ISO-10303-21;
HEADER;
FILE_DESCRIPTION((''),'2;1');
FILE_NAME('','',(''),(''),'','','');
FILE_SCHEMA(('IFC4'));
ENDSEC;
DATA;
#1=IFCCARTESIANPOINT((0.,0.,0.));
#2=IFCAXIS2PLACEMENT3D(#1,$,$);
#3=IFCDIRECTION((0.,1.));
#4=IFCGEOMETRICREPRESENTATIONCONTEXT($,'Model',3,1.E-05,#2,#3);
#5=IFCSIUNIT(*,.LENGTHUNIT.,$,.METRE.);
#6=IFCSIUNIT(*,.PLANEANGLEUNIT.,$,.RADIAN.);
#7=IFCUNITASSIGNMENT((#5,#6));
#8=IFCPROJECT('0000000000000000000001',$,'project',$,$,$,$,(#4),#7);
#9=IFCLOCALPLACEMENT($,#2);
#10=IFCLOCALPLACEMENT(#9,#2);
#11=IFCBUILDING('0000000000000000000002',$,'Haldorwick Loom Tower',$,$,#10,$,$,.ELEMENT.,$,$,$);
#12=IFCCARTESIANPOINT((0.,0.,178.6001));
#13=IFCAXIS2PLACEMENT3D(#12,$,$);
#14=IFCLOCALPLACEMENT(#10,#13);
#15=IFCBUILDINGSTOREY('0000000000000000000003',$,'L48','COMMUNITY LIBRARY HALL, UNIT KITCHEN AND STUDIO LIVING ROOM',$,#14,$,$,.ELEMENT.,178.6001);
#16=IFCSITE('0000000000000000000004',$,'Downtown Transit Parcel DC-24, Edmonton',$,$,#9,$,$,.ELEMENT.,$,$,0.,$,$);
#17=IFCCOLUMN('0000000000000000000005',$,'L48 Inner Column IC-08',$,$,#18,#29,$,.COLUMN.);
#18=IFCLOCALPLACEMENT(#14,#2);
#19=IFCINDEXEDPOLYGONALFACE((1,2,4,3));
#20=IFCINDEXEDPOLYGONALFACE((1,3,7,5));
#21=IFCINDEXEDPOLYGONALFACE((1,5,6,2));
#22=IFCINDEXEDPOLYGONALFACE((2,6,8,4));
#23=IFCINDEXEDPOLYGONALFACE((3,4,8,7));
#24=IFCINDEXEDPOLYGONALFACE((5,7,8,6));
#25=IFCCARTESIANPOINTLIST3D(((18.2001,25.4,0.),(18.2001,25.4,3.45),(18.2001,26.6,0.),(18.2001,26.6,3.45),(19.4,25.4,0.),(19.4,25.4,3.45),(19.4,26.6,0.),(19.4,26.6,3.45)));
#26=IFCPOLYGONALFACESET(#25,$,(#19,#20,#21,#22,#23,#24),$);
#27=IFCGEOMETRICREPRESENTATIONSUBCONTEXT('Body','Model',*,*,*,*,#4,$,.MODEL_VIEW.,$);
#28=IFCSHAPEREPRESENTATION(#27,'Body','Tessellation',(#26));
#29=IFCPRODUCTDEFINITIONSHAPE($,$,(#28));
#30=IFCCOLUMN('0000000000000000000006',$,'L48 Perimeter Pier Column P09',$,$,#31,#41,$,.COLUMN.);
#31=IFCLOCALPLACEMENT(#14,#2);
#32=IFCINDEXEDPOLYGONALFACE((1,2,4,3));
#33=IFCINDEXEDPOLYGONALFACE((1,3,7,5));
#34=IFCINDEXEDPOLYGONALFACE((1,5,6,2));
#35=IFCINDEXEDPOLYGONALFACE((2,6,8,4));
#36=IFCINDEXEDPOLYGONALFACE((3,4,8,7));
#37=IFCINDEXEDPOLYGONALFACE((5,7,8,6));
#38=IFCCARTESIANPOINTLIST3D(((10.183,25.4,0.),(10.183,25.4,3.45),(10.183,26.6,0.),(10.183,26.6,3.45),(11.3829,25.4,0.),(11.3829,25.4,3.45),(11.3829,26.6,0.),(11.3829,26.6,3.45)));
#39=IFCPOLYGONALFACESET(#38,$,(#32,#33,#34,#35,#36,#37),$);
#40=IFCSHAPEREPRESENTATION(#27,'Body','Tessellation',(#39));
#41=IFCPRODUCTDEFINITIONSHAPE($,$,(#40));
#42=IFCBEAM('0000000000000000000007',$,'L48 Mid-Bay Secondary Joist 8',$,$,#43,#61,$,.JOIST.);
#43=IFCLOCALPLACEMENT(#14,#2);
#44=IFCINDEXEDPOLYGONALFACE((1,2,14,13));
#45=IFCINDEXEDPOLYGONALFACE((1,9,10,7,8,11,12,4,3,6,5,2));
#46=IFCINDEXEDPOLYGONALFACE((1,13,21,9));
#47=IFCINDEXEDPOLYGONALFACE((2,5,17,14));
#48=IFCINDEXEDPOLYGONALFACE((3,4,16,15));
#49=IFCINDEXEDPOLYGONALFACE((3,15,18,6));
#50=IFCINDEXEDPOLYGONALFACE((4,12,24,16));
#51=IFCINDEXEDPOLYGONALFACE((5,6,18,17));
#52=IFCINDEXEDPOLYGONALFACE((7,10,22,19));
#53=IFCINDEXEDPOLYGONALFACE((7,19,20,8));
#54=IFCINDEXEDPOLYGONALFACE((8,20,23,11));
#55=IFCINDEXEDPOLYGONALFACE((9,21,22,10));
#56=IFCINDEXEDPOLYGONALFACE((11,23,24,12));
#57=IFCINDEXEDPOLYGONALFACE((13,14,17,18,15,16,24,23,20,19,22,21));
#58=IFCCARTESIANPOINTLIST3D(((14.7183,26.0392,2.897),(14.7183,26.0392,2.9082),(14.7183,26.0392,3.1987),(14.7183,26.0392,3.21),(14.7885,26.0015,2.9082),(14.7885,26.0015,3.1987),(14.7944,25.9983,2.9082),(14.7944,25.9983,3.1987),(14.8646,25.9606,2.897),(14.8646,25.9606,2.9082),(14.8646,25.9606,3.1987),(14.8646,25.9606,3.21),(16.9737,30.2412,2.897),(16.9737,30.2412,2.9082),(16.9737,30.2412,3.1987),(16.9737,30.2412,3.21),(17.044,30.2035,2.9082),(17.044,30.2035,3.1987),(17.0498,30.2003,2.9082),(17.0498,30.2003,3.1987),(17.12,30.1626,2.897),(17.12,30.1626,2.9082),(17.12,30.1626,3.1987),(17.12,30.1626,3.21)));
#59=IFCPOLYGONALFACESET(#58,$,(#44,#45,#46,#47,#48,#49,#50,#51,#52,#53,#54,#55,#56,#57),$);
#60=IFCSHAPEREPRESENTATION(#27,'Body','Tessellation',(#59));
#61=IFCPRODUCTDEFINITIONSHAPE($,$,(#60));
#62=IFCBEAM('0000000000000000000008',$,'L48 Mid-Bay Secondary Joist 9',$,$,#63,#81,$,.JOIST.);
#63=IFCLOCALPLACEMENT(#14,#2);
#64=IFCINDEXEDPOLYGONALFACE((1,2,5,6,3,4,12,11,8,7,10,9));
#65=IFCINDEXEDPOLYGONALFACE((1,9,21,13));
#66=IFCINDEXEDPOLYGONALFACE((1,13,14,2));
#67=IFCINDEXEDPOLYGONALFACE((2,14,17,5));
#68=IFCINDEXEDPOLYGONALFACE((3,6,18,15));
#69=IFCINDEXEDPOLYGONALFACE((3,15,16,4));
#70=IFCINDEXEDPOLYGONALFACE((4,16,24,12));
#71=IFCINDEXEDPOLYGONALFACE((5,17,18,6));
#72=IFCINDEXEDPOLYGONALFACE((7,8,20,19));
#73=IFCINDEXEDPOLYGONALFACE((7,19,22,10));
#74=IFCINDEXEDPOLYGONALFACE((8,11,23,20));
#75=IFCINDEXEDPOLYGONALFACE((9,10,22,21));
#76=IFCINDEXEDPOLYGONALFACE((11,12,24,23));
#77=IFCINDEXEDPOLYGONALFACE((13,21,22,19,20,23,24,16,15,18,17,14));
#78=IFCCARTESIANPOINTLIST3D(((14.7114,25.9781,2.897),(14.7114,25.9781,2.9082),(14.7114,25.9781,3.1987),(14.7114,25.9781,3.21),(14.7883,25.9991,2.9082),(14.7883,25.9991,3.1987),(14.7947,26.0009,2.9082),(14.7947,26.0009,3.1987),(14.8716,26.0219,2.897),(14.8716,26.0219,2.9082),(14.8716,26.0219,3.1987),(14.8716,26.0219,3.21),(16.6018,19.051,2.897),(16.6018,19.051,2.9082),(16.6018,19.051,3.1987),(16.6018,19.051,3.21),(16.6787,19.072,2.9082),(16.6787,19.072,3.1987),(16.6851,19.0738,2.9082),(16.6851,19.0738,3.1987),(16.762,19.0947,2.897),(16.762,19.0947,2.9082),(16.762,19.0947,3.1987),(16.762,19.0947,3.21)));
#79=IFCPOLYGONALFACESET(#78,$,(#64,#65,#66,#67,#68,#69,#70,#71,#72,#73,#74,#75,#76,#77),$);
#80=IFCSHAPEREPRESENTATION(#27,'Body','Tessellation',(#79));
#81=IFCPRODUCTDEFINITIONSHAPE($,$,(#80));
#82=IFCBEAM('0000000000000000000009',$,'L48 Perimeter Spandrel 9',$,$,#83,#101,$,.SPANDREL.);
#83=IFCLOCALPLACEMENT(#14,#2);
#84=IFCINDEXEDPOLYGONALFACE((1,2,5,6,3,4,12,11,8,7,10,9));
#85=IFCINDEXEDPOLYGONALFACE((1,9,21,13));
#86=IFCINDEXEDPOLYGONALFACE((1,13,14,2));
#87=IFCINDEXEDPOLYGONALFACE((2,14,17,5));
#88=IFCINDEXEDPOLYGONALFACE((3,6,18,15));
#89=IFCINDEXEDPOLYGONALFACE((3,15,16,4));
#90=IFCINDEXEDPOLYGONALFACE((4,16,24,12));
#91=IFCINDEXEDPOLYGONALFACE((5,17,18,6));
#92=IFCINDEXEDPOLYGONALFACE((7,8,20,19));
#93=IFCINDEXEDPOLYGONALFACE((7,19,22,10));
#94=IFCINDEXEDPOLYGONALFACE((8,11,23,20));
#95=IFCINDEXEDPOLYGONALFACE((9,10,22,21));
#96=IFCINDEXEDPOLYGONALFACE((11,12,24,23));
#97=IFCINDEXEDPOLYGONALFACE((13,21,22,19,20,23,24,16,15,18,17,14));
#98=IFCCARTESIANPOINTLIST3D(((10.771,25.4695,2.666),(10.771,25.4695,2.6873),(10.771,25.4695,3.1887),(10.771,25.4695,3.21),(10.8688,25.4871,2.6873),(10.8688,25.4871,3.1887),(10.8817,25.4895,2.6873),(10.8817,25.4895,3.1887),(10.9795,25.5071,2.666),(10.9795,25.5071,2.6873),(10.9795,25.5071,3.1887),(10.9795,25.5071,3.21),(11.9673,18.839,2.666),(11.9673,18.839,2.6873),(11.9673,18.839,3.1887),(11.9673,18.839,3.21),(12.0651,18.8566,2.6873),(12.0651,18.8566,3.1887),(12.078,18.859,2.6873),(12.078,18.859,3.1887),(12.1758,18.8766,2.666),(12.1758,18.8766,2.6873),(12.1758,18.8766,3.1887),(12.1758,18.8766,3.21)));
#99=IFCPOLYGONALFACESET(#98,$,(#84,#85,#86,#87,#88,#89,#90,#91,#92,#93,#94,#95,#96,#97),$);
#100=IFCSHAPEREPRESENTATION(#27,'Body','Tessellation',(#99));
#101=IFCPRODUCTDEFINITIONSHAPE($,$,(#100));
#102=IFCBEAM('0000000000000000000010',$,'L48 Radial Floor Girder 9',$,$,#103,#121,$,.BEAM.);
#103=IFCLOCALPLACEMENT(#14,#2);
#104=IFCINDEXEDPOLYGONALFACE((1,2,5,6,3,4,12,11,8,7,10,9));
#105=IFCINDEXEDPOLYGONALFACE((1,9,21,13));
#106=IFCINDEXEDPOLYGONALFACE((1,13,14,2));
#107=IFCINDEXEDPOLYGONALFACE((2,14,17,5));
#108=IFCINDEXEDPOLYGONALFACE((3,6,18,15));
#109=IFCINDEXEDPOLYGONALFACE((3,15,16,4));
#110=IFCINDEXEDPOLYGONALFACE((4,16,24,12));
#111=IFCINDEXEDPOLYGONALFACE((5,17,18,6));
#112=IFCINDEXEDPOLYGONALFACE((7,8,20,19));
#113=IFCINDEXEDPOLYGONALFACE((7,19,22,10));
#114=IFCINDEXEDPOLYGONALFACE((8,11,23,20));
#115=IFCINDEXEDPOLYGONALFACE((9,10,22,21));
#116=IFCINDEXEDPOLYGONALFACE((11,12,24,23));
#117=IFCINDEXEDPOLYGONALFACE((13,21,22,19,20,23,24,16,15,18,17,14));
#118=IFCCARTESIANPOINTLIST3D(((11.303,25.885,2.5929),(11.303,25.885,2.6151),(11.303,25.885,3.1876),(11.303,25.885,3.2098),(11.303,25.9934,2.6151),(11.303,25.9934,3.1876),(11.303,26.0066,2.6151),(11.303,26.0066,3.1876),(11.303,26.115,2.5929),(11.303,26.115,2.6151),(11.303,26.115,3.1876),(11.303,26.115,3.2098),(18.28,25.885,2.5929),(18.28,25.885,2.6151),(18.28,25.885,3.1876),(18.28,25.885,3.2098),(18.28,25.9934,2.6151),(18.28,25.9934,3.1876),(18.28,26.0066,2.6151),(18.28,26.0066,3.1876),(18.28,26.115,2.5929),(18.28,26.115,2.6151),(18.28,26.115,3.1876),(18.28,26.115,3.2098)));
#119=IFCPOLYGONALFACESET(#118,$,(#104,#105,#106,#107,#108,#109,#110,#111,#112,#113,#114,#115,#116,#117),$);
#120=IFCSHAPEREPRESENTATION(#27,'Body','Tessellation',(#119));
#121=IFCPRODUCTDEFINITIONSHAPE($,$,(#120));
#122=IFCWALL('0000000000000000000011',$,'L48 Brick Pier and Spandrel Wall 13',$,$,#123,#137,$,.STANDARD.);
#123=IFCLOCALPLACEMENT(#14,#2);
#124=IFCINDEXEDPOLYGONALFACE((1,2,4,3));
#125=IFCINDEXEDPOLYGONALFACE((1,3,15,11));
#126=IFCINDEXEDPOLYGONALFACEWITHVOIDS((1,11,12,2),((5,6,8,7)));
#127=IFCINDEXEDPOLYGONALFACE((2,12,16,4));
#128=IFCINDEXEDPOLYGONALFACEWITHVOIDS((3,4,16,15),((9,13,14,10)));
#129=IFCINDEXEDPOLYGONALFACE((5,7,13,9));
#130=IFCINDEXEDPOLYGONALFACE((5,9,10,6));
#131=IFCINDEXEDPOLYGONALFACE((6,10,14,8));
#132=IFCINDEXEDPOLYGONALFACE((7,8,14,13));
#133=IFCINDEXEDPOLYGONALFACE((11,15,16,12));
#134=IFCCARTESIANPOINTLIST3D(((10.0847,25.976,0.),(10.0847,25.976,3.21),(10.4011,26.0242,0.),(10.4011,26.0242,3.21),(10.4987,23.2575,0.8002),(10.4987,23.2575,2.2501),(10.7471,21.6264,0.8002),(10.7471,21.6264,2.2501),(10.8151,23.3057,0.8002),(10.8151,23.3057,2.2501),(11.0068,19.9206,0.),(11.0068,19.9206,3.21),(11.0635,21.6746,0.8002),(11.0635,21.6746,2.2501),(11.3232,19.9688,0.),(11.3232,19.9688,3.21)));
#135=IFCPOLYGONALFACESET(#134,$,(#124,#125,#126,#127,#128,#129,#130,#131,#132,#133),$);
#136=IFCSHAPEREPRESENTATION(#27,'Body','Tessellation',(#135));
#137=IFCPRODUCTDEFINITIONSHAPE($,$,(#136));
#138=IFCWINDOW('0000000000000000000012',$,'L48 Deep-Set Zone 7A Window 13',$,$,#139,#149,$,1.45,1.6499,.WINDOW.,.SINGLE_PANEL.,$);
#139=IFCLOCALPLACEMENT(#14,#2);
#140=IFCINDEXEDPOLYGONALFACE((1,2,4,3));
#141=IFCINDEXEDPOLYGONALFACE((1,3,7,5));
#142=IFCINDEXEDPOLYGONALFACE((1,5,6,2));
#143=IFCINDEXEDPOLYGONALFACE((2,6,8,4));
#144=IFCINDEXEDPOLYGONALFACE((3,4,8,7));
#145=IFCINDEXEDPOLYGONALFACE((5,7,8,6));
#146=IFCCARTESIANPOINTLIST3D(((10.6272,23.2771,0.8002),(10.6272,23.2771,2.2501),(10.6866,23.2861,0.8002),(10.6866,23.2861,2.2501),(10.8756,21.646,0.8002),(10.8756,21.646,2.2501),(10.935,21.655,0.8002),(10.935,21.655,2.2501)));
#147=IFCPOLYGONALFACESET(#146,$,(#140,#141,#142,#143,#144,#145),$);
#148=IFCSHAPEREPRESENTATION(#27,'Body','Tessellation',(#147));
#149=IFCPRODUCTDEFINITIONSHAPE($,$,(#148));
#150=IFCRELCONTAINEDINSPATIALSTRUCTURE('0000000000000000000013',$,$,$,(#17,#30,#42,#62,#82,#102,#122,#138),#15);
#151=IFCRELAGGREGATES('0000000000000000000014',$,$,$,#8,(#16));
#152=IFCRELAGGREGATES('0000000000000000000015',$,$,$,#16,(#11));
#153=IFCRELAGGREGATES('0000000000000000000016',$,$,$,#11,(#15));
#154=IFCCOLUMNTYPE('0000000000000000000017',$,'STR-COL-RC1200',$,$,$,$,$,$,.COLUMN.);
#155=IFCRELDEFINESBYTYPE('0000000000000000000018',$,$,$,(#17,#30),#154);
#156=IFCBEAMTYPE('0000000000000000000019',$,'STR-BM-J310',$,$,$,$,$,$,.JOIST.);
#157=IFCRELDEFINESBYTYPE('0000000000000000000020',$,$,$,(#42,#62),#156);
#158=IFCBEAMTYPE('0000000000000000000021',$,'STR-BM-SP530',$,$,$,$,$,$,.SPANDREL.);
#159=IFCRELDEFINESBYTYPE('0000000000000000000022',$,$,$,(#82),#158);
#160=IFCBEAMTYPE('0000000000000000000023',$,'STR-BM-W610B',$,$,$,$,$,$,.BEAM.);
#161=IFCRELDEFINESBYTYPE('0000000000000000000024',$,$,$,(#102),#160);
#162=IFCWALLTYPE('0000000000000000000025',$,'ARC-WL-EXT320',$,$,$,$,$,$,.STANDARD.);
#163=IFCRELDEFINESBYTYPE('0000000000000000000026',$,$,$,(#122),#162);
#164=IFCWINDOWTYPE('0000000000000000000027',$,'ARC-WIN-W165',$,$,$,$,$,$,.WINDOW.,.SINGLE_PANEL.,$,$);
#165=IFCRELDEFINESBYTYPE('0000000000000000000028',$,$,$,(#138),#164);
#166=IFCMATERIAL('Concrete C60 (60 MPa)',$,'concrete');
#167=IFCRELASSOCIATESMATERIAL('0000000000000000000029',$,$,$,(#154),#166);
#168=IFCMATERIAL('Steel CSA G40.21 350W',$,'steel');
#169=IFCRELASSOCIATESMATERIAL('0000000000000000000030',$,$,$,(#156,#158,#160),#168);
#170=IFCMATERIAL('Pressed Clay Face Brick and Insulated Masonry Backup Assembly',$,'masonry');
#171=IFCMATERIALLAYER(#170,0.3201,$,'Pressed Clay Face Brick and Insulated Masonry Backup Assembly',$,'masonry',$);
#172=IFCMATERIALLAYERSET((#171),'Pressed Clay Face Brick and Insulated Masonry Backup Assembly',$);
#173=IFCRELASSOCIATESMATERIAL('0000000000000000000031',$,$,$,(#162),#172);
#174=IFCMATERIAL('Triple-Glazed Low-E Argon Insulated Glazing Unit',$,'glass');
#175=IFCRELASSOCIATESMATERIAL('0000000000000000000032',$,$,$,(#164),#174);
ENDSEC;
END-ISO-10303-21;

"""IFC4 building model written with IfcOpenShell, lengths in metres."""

from ifc_helpers import new_model, si_unit, direction, frame, frame_2d, origin, origin_2d, place, context, subcontext, project, spatial, rectangle, i_section, extrude, material, layer, layer_set, material_profile, profile_set, type_object, element, fill, save


model = new_model("IFC4")

# Units and contexts
model_context = context("Model", 3, precision=1e-05, world=origin(), true_north=direction((0.0, 1.0)))
body_context = subcontext(model_context, "Body", "Model", "MODEL_VIEW")
ifc_project = project(units=[si_unit("LENGTHUNIT", "METRE"), si_unit("PLANEANGLEUNIT", "RADIAN")], contexts=[model_context])

# Site, building, storey
site_placement = place(None, origin())
site = spatial("IfcSite", under=ifc_project, at=site_placement, Name="Downtown Transit Parcel DC-24, Edmonton", CompositionType="ELEMENT", RefElevation=0.0)
building_placement = place(site_placement, origin())
building = spatial("IfcBuilding", under=site, at=building_placement, Name="Haldorwick Loom Tower", CompositionType="ELEMENT")
storey_placement = place(building_placement, frame((0.0, 0.0, 178.6001)))
storey = spatial("IfcBuildingStorey", under=building, at=storey_placement, Name="L48", Description="COMMUNITY LIBRARY HALL, UNIT KITCHEN AND STUDIO LIVING ROOM", CompositionType="ELEMENT", Elevation=178.6001)

# Columns
ifc_material_1 = material(Name="Concrete C60 (60 MPa)", Category="concrete")
ifc_material_profile_1 = material_profile(ifc_material_1, rectangle(XDim=1.2, YDim=1.2, at=origin_2d()), Name="RC1200X1200", Category="concrete")
ifc_profile_set_1 = profile_set([ifc_material_profile_1], Name="Concrete C60 (60 MPa)")
column_type = type_object("IfcColumnType", Name="STR-COL-RC1200", PredefinedType="COLUMN", material=ifc_profile_set_1)
for number, where, z_axis, x_axis, name in (
    (1, (18.8, 26.0, 0.0), (0.0, 0.0, 1.0), (1.0, 0.0, 0.0), "L48 Inner Column IC-08"),
    (2, (10.783, 26.0, 0.0), (0.0, 0.0, 1.0), (-1.0, 0.0, 0.0), "L48 Perimeter Pier Column P09"),
):
    element("IfcColumn", number, at=place(storey_placement, frame(where, z_axis=z_axis, x_axis=x_axis)), inside=storey, type_object=column_type, Name=name, PredefinedType="COLUMN", context=body_context, shape_type="SweptSolid", body=[
        extrude(rectangle(XDim=1.2, YDim=1.2, at=origin_2d()), origin(), (0.0, 0.0, 1.0), 3.45),
    ])

# Beams
ifc_material_2 = material(Name="Steel CSA G40.21 350W", Category="steel")
ifc_material_profile_2 = material_profile(ifc_material_2, i_section(OverallWidth=0.166, OverallDepth=0.313, WebThickness=0.0066, FlangeThickness=0.0112, at=origin_2d()), Name="W310X45", Category="steel")
ifc_profile_set_2 = profile_set([ifc_material_profile_2], Name="Steel CSA G40.21 350W")
beam_type_1 = type_object("IfcBeamType", Name="STR-BM-J310", PredefinedType="JOIST", material=ifc_profile_set_2)
beam_1_placement = place(storey_placement, frame((17.0469, 30.2019, 3.0535), z_axis=(-0.47293, -0.8811, 0.0), x_axis=(0.8811, -0.47293, 0.0)))
element("IfcBeam", 3, at=beam_1_placement, inside=storey, type_object=beam_type_1, Name="L48 Mid-Bay Secondary Joist 8", PredefinedType="JOIST", context=body_context, shape_type="SweptSolid", body=[
    extrude(i_section(OverallWidth=0.166, OverallDepth=0.313, WebThickness=0.0066, FlangeThickness=0.0112, at=origin_2d()), origin(), (0.0, 0.0, 1.0), 4.769),
])
beam_2_placement = place(storey_placement, frame((14.7915, 26.0, 3.0535), z_axis=(0.263273, -0.964721, 0.0), x_axis=(0.964721, 0.263273, 0.0)))
element("IfcBeam", 4, at=beam_2_placement, inside=storey, type_object=beam_type_1, Name="L48 Mid-Bay Secondary Joist 9", PredefinedType="JOIST", context=body_context, shape_type="SweptSolid", body=[
    extrude(i_section(OverallWidth=0.166, OverallDepth=0.313, WebThickness=0.0066, FlangeThickness=0.0112, at=origin_2d()), origin(), (0.0, 0.0, 1.0), 7.1804),
])
ifc_material_profile_3 = material_profile(ifc_material_2, i_section(OverallWidth=0.2119, OverallDepth=0.5439, WebThickness=0.0132, FlangeThickness=0.0212, at=origin_2d()), Name="W530X123", Category="steel")
ifc_profile_set_3 = profile_set([ifc_material_profile_3], Name="Steel CSA G40.21 350W")
beam_type_2 = type_object("IfcBeamType", Name="STR-BM-SP530", PredefinedType="SPANDREL", material=ifc_profile_set_3)
beam_3_placement = place(storey_placement, frame((10.8752, 25.4883, 2.938), z_axis=(0.177559, -0.98411, 0.0), x_axis=(0.98411, 0.177559, 0.0)))
element("IfcBeam", 5, at=beam_3_placement, inside=storey, type_object=beam_type_2, Name="L48 Perimeter Spandrel 9", PredefinedType="SPANDREL", context=body_context, shape_type="SweptSolid", body=[
    extrude(i_section(OverallWidth=0.2119, OverallDepth=0.5439, WebThickness=0.0132, FlangeThickness=0.0212, at=origin_2d()), origin(), (0.0, 0.0, 1.0), 6.7375),
])
ifc_material_profile_4 = material_profile(ifc_material_2, i_section(OverallWidth=0.23, OverallDepth=0.6169, WebThickness=0.0132, FlangeThickness=0.0222, at=origin_2d()), Name="W610X140", Category="steel")
ifc_profile_set_4 = profile_set([ifc_material_profile_4], Name="Steel CSA G40.21 350W")
beam_type_3 = type_object("IfcBeamType", Name="STR-BM-W610B", PredefinedType="BEAM", material=ifc_profile_set_4)
beam_4_placement = place(storey_placement, frame((18.28, 26.0, 2.9014), z_axis=(-1.0, 0.0, 0.0), x_axis=(0.0, -1.0, 0.0)))
element("IfcBeam", 6, at=beam_4_placement, inside=storey, type_object=beam_type_3, Name="L48 Radial Floor Girder 9", PredefinedType="BEAM", context=body_context, shape_type="SweptSolid", body=[
    extrude(i_section(OverallWidth=0.23, OverallDepth=0.6169, WebThickness=0.0132, FlangeThickness=0.0222, at=origin_2d()), origin(), (0.0, 0.0, 1.0), 6.9771),
])

# Wall, opening, window
ifc_material_3 = material(Name="Pressed Clay Face Brick and Insulated Masonry Backup Assembly", Category="masonry")
ifc_layer_1 = layer(ifc_material_3, 0.3201, Name="Pressed Clay Face Brick and Insulated Masonry Backup Assembly", Category="masonry")
ifc_layer_set_1 = layer_set([ifc_layer_1], Name="Pressed Clay Face Brick and Insulated Masonry Backup Assembly")
wall_type_1 = type_object("IfcWallType", Name="ARC-WL-EXT320", PredefinedType="STANDARD", material=ifc_layer_set_1)
wall_1_placement = place(storey_placement, frame((10.2429, 26.0, 0.0), z_axis=(0.0, 0.0, 1.0), x_axis=(0.150544, -0.988603, 0.0)))
wall_1 = element("IfcWall", 7, at=wall_1_placement, inside=storey, type_object=wall_type_1, Name="L48 Brick Pier and Spandrel Wall 13", PredefinedType="STANDARD", context=body_context, shape_type="SweptSolid", body=[
    extrude(rectangle(XDim=6.1252, YDim=0.3201, at=frame_2d((3.0625, 0.0))), origin(), (0.0, 0.0, 1.0), 3.21),
])
opening_1_placement = place(wall_1_placement, frame((2.7498, 0.0, 0.8)))
opening_1 = element("IfcOpeningElement", 8, at=opening_1_placement, cuts=wall_1, PredefinedType="OPENING", context=body_context, shape_type="SweptSolid", body=[
    extrude(rectangle(XDim=1.6499, YDim=1.45, at=frame_2d((0.825, 0.7251))), frame((0.0, 0.1699, 0.0), z_axis=(0.0, -1.0, 0.0), x_axis=(1.0, 0.0, 0.0)), (0.0, 0.0, 1.0), 0.3401),
])
ifc_material_4 = material(Name="Triple-Glazed Low-E Argon Insulated Glazing Unit", Category="glass")
window_type = type_object("IfcWindowType", Name="ARC-WIN-W165", PartitioningType="SINGLE_PANEL", PredefinedType="WINDOW", material=ifc_material_4)
window_placement = place(opening_1_placement, origin())
window = element("IfcWindow", 9, at=window_placement, inside=storey, type_object=window_type, Name="L48 Deep-Set Zone 7A Window 13", OverallHeight=1.45, OverallWidth=1.6499, PartitioningType="SINGLE_PANEL", PredefinedType="WINDOW", context=body_context, shape_type="SweptSolid", body=[
    extrude(rectangle(XDim=1.6499, YDim=1.45, at=frame_2d((0.825, 0.7251))), frame((0.0, 0.03, 0.0), z_axis=(0.0, -1.0, 0.0), x_axis=(1.0, 0.0, 0.0)), (0.0, 0.0, 1.0), 0.0601),
])
fill(opening_1, window)

save(model, "model.ifc")
